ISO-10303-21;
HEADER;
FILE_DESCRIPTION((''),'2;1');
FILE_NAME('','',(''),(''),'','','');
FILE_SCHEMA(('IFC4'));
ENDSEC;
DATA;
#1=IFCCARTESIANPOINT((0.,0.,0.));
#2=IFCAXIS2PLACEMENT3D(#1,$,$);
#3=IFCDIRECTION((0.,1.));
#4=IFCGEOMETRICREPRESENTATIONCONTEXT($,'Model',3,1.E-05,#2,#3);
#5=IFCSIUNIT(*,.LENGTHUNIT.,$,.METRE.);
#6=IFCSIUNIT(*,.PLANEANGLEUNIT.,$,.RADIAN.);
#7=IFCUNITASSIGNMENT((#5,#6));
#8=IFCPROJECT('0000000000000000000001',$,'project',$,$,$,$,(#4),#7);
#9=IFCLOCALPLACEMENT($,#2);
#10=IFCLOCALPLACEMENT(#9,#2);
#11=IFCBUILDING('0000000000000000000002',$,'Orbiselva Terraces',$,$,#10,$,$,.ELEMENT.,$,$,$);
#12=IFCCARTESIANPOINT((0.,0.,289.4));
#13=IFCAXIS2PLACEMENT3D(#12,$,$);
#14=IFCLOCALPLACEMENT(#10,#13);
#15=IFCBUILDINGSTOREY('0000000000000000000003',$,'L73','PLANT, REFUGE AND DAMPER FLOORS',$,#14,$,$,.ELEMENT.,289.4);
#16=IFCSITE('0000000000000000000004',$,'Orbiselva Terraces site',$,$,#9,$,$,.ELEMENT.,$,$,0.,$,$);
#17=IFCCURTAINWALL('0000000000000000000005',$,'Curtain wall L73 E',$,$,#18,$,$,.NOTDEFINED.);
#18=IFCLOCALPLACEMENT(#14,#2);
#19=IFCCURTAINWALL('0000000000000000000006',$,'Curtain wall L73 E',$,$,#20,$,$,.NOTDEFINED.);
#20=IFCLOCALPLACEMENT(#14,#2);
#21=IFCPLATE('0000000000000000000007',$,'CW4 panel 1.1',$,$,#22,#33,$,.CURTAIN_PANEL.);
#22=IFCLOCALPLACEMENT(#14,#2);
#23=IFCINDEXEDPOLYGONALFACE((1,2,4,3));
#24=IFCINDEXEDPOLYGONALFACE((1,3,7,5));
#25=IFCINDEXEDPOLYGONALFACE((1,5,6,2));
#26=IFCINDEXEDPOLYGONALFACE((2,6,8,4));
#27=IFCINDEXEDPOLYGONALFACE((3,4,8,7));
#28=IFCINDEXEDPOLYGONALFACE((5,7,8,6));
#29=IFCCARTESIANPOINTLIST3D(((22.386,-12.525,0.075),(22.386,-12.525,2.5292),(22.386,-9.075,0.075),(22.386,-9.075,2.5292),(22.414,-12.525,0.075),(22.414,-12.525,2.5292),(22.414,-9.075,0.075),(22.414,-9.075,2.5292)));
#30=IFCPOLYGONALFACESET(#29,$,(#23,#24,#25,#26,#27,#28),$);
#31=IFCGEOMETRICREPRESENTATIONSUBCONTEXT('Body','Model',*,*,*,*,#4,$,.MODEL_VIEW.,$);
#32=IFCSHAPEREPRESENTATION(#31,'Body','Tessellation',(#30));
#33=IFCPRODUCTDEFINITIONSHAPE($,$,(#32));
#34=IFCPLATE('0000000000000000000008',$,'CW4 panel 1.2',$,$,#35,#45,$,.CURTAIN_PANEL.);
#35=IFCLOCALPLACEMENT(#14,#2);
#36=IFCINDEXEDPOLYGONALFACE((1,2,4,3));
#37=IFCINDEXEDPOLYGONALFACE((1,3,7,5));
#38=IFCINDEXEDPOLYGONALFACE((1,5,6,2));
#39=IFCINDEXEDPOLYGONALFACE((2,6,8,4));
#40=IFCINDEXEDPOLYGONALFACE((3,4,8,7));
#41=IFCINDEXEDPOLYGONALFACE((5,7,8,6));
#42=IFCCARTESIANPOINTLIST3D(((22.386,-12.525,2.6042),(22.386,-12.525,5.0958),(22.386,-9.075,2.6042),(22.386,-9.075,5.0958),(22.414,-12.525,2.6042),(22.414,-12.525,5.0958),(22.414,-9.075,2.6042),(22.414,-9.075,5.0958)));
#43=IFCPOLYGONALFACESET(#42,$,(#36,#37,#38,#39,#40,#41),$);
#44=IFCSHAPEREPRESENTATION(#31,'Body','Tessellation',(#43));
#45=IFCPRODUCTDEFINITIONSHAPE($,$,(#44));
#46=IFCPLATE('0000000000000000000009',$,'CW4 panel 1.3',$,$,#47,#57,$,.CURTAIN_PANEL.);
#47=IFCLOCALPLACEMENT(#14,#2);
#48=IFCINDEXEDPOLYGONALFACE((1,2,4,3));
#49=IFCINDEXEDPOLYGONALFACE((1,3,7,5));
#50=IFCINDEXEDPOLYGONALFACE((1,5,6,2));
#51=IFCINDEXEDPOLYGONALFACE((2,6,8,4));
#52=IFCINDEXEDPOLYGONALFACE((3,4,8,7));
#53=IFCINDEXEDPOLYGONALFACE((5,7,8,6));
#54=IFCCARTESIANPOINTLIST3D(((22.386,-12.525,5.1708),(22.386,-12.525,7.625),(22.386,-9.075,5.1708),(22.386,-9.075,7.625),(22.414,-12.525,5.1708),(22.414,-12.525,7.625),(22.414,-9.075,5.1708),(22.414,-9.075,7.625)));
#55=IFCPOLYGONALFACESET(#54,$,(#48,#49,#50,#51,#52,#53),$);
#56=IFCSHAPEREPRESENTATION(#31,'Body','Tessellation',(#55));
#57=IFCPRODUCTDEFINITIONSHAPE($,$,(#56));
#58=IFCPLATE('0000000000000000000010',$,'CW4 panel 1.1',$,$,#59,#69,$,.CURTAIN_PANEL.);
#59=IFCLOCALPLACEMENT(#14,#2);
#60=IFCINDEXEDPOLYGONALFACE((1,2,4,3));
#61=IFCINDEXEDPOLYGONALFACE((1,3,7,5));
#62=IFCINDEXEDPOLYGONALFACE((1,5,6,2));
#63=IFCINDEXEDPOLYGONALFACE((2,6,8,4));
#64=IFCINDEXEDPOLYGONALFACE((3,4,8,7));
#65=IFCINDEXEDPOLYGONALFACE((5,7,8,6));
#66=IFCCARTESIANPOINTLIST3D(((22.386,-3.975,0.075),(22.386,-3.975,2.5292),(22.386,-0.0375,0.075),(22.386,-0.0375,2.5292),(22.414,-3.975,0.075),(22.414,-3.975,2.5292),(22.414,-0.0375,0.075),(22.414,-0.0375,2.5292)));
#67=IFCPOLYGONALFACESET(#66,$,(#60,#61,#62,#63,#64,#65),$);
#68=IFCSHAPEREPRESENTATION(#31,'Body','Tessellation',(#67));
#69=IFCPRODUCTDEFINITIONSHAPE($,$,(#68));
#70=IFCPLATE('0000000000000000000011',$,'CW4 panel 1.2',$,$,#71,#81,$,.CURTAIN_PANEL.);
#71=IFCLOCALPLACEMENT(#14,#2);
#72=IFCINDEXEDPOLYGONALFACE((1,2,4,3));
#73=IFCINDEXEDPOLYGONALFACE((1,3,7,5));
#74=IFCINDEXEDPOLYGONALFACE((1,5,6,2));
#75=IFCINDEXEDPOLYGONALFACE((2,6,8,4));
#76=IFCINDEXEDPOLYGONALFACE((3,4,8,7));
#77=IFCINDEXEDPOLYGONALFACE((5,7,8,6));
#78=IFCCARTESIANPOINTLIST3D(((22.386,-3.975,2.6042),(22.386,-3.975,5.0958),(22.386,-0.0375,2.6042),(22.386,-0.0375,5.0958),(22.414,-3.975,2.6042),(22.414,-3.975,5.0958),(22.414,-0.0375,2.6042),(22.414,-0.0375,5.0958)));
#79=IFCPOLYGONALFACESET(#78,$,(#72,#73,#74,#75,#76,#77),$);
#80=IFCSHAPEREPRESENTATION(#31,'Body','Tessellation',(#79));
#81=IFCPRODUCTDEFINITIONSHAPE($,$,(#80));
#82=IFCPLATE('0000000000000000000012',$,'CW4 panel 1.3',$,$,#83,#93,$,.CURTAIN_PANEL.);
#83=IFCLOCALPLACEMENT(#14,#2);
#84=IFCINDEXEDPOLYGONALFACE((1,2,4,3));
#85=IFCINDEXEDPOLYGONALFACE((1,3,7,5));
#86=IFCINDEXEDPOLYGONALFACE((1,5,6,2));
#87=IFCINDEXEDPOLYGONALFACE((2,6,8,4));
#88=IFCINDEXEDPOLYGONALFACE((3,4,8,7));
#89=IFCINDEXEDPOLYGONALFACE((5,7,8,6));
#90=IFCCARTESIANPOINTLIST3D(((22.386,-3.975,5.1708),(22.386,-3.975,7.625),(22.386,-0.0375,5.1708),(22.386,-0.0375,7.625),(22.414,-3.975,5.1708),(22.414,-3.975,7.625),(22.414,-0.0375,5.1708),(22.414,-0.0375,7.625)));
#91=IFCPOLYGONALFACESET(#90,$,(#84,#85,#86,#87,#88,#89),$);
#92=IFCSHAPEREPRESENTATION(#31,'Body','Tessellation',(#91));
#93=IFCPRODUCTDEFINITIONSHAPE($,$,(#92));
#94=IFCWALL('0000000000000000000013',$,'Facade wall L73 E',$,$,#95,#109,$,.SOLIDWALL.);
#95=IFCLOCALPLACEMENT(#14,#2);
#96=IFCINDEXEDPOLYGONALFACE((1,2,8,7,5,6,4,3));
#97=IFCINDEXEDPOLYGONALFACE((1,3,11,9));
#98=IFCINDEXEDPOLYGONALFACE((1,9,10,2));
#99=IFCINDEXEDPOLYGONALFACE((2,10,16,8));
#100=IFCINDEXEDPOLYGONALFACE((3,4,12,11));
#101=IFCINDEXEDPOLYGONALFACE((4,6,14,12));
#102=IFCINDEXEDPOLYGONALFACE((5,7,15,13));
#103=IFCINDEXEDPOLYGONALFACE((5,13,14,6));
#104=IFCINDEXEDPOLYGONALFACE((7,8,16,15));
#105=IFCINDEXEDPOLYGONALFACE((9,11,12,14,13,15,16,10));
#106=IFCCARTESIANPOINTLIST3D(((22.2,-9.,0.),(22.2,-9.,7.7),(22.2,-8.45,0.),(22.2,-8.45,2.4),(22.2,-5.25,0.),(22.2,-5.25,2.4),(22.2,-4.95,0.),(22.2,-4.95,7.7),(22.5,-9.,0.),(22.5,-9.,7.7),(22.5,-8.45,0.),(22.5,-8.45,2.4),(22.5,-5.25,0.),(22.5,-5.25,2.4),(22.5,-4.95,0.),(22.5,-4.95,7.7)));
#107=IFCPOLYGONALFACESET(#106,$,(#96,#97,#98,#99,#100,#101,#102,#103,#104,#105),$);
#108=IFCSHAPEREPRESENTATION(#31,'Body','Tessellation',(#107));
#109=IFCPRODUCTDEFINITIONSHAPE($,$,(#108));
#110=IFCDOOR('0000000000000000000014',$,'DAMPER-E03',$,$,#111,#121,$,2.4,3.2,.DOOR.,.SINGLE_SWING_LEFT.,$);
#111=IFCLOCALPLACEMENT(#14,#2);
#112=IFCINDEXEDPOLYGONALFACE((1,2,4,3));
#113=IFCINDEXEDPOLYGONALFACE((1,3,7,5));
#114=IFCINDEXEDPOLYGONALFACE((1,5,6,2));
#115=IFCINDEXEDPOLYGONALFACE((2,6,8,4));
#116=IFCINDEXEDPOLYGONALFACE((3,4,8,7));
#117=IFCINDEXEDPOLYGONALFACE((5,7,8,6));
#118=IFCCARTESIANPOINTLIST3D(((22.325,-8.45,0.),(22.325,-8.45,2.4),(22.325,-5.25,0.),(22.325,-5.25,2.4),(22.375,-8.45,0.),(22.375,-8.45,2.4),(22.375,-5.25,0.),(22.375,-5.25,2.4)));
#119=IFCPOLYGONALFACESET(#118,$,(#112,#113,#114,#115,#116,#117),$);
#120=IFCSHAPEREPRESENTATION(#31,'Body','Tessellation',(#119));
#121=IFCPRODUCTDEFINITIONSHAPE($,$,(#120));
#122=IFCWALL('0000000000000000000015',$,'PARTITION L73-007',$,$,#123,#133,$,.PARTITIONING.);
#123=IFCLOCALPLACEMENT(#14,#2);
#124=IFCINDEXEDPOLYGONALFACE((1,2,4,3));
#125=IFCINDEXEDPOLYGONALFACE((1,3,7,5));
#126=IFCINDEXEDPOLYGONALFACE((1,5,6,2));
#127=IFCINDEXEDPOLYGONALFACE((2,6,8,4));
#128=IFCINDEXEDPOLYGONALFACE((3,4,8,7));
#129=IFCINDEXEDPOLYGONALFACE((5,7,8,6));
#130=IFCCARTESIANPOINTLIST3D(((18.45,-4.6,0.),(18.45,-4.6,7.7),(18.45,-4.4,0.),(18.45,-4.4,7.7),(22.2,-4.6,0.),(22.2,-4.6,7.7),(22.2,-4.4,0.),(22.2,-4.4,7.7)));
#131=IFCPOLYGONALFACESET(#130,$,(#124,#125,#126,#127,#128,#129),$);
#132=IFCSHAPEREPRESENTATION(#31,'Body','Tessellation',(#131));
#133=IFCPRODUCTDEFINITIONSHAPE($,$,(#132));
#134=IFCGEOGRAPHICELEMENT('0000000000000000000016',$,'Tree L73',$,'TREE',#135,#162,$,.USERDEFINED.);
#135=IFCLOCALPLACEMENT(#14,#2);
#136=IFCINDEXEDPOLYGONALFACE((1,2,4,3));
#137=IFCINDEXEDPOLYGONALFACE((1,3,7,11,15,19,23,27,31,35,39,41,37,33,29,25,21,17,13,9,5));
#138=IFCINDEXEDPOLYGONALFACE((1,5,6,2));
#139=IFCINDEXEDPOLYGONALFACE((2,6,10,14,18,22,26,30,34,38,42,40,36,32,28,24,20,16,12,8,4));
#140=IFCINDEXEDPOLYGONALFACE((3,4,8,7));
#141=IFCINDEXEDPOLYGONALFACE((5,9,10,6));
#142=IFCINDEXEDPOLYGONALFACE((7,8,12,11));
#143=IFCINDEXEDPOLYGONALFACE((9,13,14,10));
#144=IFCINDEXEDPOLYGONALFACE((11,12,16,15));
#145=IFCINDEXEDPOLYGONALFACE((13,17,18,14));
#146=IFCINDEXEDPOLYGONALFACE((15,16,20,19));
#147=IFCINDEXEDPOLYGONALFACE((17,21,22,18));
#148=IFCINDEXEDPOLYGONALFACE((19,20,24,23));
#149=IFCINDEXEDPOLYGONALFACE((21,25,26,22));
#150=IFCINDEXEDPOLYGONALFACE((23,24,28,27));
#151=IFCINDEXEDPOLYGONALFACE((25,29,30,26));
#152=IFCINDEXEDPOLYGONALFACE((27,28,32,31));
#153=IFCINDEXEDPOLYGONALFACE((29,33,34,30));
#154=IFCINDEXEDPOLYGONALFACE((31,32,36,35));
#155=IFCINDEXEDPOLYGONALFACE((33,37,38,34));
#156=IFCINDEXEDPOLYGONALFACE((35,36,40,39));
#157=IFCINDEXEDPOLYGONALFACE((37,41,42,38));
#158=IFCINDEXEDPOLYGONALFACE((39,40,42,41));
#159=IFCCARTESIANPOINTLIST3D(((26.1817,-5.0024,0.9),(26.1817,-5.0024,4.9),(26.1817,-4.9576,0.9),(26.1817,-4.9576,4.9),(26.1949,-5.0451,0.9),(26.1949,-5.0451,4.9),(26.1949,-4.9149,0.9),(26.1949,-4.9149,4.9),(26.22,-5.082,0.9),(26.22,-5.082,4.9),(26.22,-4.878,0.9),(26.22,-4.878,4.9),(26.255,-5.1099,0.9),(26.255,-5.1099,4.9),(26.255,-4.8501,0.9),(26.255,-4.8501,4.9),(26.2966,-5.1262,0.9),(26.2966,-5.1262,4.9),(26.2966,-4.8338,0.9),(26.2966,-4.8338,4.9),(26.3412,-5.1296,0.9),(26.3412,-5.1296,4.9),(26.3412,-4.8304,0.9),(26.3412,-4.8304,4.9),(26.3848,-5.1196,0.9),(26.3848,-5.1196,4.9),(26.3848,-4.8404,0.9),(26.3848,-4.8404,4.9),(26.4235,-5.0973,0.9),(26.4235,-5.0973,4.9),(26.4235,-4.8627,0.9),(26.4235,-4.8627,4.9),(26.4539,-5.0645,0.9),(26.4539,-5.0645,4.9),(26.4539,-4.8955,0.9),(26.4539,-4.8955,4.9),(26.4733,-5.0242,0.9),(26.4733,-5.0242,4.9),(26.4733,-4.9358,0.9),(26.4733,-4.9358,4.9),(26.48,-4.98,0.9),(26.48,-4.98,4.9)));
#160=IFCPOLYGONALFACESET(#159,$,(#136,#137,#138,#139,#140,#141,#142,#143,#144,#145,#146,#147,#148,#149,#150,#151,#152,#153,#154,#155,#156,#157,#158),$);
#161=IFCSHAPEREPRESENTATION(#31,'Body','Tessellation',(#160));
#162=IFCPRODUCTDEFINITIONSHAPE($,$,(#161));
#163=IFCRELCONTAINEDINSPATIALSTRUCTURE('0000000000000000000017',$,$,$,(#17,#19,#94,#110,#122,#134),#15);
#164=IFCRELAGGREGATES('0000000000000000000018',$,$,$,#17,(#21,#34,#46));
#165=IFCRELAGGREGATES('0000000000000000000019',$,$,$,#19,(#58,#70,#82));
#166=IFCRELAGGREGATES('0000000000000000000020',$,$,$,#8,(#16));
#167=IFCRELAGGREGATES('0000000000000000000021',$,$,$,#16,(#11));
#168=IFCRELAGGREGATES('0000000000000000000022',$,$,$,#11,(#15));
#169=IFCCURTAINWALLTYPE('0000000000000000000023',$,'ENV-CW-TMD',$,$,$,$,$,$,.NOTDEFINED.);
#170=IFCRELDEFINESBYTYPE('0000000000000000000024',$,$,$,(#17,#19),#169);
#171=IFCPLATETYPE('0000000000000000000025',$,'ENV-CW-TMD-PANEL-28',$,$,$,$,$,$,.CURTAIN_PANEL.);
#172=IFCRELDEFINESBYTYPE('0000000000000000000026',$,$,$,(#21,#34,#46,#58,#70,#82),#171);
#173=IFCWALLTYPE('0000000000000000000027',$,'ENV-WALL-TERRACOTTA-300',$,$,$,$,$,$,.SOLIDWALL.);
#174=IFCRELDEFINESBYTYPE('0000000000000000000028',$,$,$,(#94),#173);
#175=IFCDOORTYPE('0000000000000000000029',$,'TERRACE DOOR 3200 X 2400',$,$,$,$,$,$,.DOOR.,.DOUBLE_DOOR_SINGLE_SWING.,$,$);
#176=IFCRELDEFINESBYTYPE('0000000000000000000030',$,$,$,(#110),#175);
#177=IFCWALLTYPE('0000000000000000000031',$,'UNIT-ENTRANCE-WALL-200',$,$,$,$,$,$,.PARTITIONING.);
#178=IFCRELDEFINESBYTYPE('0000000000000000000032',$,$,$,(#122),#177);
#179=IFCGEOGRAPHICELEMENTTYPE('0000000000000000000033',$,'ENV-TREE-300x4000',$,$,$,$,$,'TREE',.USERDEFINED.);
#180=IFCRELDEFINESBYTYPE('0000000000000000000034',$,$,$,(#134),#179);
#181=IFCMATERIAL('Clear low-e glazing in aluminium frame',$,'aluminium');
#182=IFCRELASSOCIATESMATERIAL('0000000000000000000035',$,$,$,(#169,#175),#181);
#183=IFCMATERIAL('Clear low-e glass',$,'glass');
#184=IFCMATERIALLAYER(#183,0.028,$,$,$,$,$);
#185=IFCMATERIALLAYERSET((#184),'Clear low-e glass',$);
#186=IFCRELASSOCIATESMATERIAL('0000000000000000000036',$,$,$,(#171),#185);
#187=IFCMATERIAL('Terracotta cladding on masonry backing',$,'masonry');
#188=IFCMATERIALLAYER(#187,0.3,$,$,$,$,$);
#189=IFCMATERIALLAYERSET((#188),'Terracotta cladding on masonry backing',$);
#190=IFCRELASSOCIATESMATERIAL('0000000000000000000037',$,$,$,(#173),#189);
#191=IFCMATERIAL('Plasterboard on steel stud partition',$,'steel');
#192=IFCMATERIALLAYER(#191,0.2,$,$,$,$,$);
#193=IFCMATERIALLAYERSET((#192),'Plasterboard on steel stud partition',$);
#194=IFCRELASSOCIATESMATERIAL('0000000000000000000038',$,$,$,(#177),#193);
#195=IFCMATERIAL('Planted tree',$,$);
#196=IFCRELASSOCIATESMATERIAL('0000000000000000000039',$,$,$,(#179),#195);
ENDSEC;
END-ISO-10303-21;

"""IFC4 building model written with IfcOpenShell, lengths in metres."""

from ifc_helpers import new_model, si_unit, direction, frame, frame_2d, origin, origin_2d, place, context, subcontext, project, spatial, rectangle, circle, extrude, material, layer, layer_set, type_object, element, fill, aggregate, save


model = new_model("IFC4")

# Units and contexts
model_context = context("Model", 3, precision=1e-05, world=origin(), true_north=direction((0.0, 1.0)))
body_context = subcontext(model_context, "Body", "Model", "MODEL_VIEW")
ifc_project = project(units=[si_unit("LENGTHUNIT", "METRE"), si_unit("PLANEANGLEUNIT", "RADIAN")], contexts=[model_context])

# Site, building, storey
site_placement = place(None, origin())
site = spatial("IfcSite", under=ifc_project, at=site_placement, Name="Orbiselva Terraces site", CompositionType="ELEMENT", RefElevation=0.0)
building_placement = place(site_placement, origin())
building = spatial("IfcBuilding", under=site, at=building_placement, Name="Orbiselva Terraces", CompositionType="ELEMENT")
storey_placement = place(building_placement, frame((0.0, 0.0, 289.4)))
storey = spatial("IfcBuildingStorey", under=building, at=storey_placement, Name="L73", Description="PLANT, REFUGE AND DAMPER FLOORS", CompositionType="ELEMENT", Elevation=289.4)

# Curtain wall
ifc_material_1 = material(Name="Clear low-e glazing in aluminium frame", Category="aluminium")
curtain_wall_type = type_object("IfcCurtainWallType", Name="ENV-CW-TMD", PredefinedType="NOTDEFINED", material=ifc_material_1)
curtain_wall_1_placement = place(storey_placement, origin())
curtain_wall_1 = element("IfcCurtainWall", 1, at=curtain_wall_1_placement, inside=storey, type_object=curtain_wall_type, Name="Curtain wall L73 E", PredefinedType="NOTDEFINED")

# Curtain wall
curtain_wall_2_placement = place(storey_placement, origin())
curtain_wall_2 = element("IfcCurtainWall", 2, at=curtain_wall_2_placement, inside=storey, type_object=curtain_wall_type, Name="Curtain wall L73 E", PredefinedType="NOTDEFINED")

# Plates
ifc_material_2 = material(Name="Clear low-e glass", Category="glass")
ifc_layer_1 = layer(ifc_material_2, 0.028)
ifc_layer_set_1 = layer_set([ifc_layer_1], Name="Clear low-e glass")
plate_type = type_object("IfcPlateType", Name="ENV-CW-TMD-PANEL-28", PredefinedType="CURTAIN_PANEL", material=ifc_layer_set_1)
plate_1_placement = place(storey_placement, frame((22.4, -10.8, 0.075), z_axis=(0.0, 0.0, 1.0), x_axis=(0.0, 1.0, 0.0)))
plate_1 = element("IfcPlate", 3, at=plate_1_placement, type_object=plate_type, Name="CW4 panel 1.1", PredefinedType="CURTAIN_PANEL", context=body_context, shape_type="SweptSolid", body=[
    extrude(rectangle(XDim=3.45, YDim=0.028, at=origin_2d()), origin(), (0.0, 0.0, 1.0), 2.4542),
])
plate_2_placement = place(storey_placement, frame((22.4, -10.8, 2.6042), z_axis=(0.0, 0.0, 1.0), x_axis=(0.0, 1.0, 0.0)))
plate_2 = element("IfcPlate", 4, at=plate_2_placement, type_object=plate_type, Name="CW4 panel 1.2", PredefinedType="CURTAIN_PANEL", context=body_context, shape_type="SweptSolid", body=[
    extrude(rectangle(XDim=3.45, YDim=0.028, at=origin_2d()), origin(), (0.0, 0.0, 1.0), 2.4917),
])
plate_3_placement = place(storey_placement, frame((22.4, -10.8, 5.1708), z_axis=(0.0, 0.0, 1.0), x_axis=(0.0, 1.0, 0.0)))
plate_3 = element("IfcPlate", 5, at=plate_3_placement, type_object=plate_type, Name="CW4 panel 1.3", PredefinedType="CURTAIN_PANEL", context=body_context, shape_type="SweptSolid", body=[
    extrude(rectangle(XDim=3.45, YDim=0.028, at=origin_2d()), origin(), (0.0, 0.0, 1.0), 2.4542),
])
aggregate(curtain_wall_1, [plate_1, plate_2, plate_3])
plate_4_placement = place(storey_placement, frame((22.4, -2.0063, 0.075), z_axis=(0.0, 0.0, 1.0), x_axis=(0.0, 1.0, 0.0)))
plate_4 = element("IfcPlate", 6, at=plate_4_placement, type_object=plate_type, Name="CW4 panel 1.1", PredefinedType="CURTAIN_PANEL", context=body_context, shape_type="SweptSolid", body=[
    extrude(rectangle(XDim=3.9375, YDim=0.028, at=origin_2d()), origin(), (0.0, 0.0, 1.0), 2.4542),
])
plate_5_placement = place(storey_placement, frame((22.4, -2.0063, 2.6042), z_axis=(0.0, 0.0, 1.0), x_axis=(0.0, 1.0, 0.0)))
plate_5 = element("IfcPlate", 7, at=plate_5_placement, type_object=plate_type, Name="CW4 panel 1.2", PredefinedType="CURTAIN_PANEL", context=body_context, shape_type="SweptSolid", body=[
    extrude(rectangle(XDim=3.9375, YDim=0.028, at=origin_2d()), origin(), (0.0, 0.0, 1.0), 2.4917),
])
plate_6_placement = place(storey_placement, frame((22.4, -2.0063, 5.1708), z_axis=(0.0, 0.0, 1.0), x_axis=(0.0, 1.0, 0.0)))
plate_6 = element("IfcPlate", 8, at=plate_6_placement, type_object=plate_type, Name="CW4 panel 1.3", PredefinedType="CURTAIN_PANEL", context=body_context, shape_type="SweptSolid", body=[
    extrude(rectangle(XDim=3.9375, YDim=0.028, at=origin_2d()), origin(), (0.0, 0.0, 1.0), 2.4542),
])
aggregate(curtain_wall_2, [plate_4, plate_5, plate_6])

# Wall, opening, door
ifc_material_3 = material(Name="Terracotta cladding on masonry backing", Category="masonry")
ifc_layer_2 = layer(ifc_material_3, 0.3)
ifc_layer_set_2 = layer_set([ifc_layer_2], Name="Terracotta cladding on masonry backing")
wall_type_1 = type_object("IfcWallType", Name="ENV-WALL-TERRACOTTA-300", PredefinedType="SOLIDWALL", material=ifc_layer_set_2)
wall_1_placement = place(storey_placement, frame((22.35, -4.95, 0.0), z_axis=(0.0, 0.0, 1.0), x_axis=(0.0, -1.0, 0.0)))
wall_1 = element("IfcWall", 9, at=wall_1_placement, inside=storey, type_object=wall_type_1, Name="Facade wall L73 E", PredefinedType="SOLIDWALL", context=body_context, shape_type="SweptSolid", body=[
    extrude(rectangle(XDim=4.05, YDim=0.3, at=frame_2d((2.025, 0.0))), origin(), (0.0, 0.0, 1.0), 7.7),
])
opening_placement = place(wall_1_placement, frame((0.3, 0.0, 0.0)))
opening = element("IfcOpeningElement", 10, at=opening_placement, cuts=wall_1, PredefinedType="OPENING", context=body_context, shape_type="SweptSolid", body=[
    extrude(rectangle(XDim=3.2, YDim=2.4, at=frame_2d((1.6, 1.2))), frame((0.0, 0.16, 0.0), z_axis=(0.0, -1.0, 0.0), x_axis=(1.0, 0.0, 0.0)), (0.0, 0.0, 1.0), 0.32),
])
door_type = type_object("IfcDoorType", Name="TERRACE DOOR 3200 X 2400", OperationType="DOUBLE_DOOR_SINGLE_SWING", PredefinedType="DOOR", material=ifc_material_1)
door_placement = place(opening_placement, origin())
door = element("IfcDoor", 11, at=door_placement, inside=storey, type_object=door_type, Name="DAMPER-E03", OperationType="SINGLE_SWING_LEFT", OverallHeight=2.4, OverallWidth=3.2, PredefinedType="DOOR", context=body_context, shape_type="SweptSolid", body=[
    extrude(rectangle(XDim=3.2, YDim=2.4, at=frame_2d((1.6, 1.2))), frame((0.0, 0.025, 0.0), z_axis=(0.0, -1.0, 0.0), x_axis=(1.0, 0.0, 0.0)), (0.0, 0.0, 1.0), 0.05),
])
fill(opening, door)

# Wall
ifc_material_4 = material(Name="Plasterboard on steel stud partition", Category="steel")
ifc_layer_3 = layer(ifc_material_4, 0.2)
ifc_layer_set_3 = layer_set([ifc_layer_3], Name="Plasterboard on steel stud partition")
wall_type_2 = type_object("IfcWallType", Name="UNIT-ENTRANCE-WALL-200", PredefinedType="PARTITIONING", material=ifc_layer_set_3)
wall_2_placement = place(storey_placement, frame((18.45, -4.5, 0.0), z_axis=(0.0, 0.0, 1.0), x_axis=(1.0, 0.0, 0.0)))
element("IfcWall", 12, at=wall_2_placement, inside=storey, type_object=wall_type_2, Name="PARTITION L73-007", PredefinedType="PARTITIONING", context=body_context, shape_type="SweptSolid", body=[
    extrude(rectangle(XDim=3.75, YDim=0.2, at=frame_2d((1.875, 0.0))), origin(), (0.0, 0.0, 1.0), 7.7),
])

# Geographic element
ifc_material_5 = material(Name="Planted tree")
geographic_element_type = type_object("IfcGeographicElementType", Name="ENV-TREE-300x4000", ElementType="TREE", PredefinedType="USERDEFINED", material=ifc_material_5)
geographic_element_placement = place(storey_placement, frame((26.33, -4.98, 4.9), z_axis=(0.0, 0.0, -1.0), x_axis=(1.0, 0.0, 0.0)))
element("IfcGeographicElement", 13, at=geographic_element_placement, inside=storey, type_object=geographic_element_type, Name="Tree L73", ObjectType="TREE", PredefinedType="USERDEFINED", context=body_context, shape_type="SweptSolid", body=[
    extrude(circle(Radius=0.15, at=origin_2d()), origin(), (0.0, 0.0, 1.0), 4.0),
])

save(model, "model.ifc")
